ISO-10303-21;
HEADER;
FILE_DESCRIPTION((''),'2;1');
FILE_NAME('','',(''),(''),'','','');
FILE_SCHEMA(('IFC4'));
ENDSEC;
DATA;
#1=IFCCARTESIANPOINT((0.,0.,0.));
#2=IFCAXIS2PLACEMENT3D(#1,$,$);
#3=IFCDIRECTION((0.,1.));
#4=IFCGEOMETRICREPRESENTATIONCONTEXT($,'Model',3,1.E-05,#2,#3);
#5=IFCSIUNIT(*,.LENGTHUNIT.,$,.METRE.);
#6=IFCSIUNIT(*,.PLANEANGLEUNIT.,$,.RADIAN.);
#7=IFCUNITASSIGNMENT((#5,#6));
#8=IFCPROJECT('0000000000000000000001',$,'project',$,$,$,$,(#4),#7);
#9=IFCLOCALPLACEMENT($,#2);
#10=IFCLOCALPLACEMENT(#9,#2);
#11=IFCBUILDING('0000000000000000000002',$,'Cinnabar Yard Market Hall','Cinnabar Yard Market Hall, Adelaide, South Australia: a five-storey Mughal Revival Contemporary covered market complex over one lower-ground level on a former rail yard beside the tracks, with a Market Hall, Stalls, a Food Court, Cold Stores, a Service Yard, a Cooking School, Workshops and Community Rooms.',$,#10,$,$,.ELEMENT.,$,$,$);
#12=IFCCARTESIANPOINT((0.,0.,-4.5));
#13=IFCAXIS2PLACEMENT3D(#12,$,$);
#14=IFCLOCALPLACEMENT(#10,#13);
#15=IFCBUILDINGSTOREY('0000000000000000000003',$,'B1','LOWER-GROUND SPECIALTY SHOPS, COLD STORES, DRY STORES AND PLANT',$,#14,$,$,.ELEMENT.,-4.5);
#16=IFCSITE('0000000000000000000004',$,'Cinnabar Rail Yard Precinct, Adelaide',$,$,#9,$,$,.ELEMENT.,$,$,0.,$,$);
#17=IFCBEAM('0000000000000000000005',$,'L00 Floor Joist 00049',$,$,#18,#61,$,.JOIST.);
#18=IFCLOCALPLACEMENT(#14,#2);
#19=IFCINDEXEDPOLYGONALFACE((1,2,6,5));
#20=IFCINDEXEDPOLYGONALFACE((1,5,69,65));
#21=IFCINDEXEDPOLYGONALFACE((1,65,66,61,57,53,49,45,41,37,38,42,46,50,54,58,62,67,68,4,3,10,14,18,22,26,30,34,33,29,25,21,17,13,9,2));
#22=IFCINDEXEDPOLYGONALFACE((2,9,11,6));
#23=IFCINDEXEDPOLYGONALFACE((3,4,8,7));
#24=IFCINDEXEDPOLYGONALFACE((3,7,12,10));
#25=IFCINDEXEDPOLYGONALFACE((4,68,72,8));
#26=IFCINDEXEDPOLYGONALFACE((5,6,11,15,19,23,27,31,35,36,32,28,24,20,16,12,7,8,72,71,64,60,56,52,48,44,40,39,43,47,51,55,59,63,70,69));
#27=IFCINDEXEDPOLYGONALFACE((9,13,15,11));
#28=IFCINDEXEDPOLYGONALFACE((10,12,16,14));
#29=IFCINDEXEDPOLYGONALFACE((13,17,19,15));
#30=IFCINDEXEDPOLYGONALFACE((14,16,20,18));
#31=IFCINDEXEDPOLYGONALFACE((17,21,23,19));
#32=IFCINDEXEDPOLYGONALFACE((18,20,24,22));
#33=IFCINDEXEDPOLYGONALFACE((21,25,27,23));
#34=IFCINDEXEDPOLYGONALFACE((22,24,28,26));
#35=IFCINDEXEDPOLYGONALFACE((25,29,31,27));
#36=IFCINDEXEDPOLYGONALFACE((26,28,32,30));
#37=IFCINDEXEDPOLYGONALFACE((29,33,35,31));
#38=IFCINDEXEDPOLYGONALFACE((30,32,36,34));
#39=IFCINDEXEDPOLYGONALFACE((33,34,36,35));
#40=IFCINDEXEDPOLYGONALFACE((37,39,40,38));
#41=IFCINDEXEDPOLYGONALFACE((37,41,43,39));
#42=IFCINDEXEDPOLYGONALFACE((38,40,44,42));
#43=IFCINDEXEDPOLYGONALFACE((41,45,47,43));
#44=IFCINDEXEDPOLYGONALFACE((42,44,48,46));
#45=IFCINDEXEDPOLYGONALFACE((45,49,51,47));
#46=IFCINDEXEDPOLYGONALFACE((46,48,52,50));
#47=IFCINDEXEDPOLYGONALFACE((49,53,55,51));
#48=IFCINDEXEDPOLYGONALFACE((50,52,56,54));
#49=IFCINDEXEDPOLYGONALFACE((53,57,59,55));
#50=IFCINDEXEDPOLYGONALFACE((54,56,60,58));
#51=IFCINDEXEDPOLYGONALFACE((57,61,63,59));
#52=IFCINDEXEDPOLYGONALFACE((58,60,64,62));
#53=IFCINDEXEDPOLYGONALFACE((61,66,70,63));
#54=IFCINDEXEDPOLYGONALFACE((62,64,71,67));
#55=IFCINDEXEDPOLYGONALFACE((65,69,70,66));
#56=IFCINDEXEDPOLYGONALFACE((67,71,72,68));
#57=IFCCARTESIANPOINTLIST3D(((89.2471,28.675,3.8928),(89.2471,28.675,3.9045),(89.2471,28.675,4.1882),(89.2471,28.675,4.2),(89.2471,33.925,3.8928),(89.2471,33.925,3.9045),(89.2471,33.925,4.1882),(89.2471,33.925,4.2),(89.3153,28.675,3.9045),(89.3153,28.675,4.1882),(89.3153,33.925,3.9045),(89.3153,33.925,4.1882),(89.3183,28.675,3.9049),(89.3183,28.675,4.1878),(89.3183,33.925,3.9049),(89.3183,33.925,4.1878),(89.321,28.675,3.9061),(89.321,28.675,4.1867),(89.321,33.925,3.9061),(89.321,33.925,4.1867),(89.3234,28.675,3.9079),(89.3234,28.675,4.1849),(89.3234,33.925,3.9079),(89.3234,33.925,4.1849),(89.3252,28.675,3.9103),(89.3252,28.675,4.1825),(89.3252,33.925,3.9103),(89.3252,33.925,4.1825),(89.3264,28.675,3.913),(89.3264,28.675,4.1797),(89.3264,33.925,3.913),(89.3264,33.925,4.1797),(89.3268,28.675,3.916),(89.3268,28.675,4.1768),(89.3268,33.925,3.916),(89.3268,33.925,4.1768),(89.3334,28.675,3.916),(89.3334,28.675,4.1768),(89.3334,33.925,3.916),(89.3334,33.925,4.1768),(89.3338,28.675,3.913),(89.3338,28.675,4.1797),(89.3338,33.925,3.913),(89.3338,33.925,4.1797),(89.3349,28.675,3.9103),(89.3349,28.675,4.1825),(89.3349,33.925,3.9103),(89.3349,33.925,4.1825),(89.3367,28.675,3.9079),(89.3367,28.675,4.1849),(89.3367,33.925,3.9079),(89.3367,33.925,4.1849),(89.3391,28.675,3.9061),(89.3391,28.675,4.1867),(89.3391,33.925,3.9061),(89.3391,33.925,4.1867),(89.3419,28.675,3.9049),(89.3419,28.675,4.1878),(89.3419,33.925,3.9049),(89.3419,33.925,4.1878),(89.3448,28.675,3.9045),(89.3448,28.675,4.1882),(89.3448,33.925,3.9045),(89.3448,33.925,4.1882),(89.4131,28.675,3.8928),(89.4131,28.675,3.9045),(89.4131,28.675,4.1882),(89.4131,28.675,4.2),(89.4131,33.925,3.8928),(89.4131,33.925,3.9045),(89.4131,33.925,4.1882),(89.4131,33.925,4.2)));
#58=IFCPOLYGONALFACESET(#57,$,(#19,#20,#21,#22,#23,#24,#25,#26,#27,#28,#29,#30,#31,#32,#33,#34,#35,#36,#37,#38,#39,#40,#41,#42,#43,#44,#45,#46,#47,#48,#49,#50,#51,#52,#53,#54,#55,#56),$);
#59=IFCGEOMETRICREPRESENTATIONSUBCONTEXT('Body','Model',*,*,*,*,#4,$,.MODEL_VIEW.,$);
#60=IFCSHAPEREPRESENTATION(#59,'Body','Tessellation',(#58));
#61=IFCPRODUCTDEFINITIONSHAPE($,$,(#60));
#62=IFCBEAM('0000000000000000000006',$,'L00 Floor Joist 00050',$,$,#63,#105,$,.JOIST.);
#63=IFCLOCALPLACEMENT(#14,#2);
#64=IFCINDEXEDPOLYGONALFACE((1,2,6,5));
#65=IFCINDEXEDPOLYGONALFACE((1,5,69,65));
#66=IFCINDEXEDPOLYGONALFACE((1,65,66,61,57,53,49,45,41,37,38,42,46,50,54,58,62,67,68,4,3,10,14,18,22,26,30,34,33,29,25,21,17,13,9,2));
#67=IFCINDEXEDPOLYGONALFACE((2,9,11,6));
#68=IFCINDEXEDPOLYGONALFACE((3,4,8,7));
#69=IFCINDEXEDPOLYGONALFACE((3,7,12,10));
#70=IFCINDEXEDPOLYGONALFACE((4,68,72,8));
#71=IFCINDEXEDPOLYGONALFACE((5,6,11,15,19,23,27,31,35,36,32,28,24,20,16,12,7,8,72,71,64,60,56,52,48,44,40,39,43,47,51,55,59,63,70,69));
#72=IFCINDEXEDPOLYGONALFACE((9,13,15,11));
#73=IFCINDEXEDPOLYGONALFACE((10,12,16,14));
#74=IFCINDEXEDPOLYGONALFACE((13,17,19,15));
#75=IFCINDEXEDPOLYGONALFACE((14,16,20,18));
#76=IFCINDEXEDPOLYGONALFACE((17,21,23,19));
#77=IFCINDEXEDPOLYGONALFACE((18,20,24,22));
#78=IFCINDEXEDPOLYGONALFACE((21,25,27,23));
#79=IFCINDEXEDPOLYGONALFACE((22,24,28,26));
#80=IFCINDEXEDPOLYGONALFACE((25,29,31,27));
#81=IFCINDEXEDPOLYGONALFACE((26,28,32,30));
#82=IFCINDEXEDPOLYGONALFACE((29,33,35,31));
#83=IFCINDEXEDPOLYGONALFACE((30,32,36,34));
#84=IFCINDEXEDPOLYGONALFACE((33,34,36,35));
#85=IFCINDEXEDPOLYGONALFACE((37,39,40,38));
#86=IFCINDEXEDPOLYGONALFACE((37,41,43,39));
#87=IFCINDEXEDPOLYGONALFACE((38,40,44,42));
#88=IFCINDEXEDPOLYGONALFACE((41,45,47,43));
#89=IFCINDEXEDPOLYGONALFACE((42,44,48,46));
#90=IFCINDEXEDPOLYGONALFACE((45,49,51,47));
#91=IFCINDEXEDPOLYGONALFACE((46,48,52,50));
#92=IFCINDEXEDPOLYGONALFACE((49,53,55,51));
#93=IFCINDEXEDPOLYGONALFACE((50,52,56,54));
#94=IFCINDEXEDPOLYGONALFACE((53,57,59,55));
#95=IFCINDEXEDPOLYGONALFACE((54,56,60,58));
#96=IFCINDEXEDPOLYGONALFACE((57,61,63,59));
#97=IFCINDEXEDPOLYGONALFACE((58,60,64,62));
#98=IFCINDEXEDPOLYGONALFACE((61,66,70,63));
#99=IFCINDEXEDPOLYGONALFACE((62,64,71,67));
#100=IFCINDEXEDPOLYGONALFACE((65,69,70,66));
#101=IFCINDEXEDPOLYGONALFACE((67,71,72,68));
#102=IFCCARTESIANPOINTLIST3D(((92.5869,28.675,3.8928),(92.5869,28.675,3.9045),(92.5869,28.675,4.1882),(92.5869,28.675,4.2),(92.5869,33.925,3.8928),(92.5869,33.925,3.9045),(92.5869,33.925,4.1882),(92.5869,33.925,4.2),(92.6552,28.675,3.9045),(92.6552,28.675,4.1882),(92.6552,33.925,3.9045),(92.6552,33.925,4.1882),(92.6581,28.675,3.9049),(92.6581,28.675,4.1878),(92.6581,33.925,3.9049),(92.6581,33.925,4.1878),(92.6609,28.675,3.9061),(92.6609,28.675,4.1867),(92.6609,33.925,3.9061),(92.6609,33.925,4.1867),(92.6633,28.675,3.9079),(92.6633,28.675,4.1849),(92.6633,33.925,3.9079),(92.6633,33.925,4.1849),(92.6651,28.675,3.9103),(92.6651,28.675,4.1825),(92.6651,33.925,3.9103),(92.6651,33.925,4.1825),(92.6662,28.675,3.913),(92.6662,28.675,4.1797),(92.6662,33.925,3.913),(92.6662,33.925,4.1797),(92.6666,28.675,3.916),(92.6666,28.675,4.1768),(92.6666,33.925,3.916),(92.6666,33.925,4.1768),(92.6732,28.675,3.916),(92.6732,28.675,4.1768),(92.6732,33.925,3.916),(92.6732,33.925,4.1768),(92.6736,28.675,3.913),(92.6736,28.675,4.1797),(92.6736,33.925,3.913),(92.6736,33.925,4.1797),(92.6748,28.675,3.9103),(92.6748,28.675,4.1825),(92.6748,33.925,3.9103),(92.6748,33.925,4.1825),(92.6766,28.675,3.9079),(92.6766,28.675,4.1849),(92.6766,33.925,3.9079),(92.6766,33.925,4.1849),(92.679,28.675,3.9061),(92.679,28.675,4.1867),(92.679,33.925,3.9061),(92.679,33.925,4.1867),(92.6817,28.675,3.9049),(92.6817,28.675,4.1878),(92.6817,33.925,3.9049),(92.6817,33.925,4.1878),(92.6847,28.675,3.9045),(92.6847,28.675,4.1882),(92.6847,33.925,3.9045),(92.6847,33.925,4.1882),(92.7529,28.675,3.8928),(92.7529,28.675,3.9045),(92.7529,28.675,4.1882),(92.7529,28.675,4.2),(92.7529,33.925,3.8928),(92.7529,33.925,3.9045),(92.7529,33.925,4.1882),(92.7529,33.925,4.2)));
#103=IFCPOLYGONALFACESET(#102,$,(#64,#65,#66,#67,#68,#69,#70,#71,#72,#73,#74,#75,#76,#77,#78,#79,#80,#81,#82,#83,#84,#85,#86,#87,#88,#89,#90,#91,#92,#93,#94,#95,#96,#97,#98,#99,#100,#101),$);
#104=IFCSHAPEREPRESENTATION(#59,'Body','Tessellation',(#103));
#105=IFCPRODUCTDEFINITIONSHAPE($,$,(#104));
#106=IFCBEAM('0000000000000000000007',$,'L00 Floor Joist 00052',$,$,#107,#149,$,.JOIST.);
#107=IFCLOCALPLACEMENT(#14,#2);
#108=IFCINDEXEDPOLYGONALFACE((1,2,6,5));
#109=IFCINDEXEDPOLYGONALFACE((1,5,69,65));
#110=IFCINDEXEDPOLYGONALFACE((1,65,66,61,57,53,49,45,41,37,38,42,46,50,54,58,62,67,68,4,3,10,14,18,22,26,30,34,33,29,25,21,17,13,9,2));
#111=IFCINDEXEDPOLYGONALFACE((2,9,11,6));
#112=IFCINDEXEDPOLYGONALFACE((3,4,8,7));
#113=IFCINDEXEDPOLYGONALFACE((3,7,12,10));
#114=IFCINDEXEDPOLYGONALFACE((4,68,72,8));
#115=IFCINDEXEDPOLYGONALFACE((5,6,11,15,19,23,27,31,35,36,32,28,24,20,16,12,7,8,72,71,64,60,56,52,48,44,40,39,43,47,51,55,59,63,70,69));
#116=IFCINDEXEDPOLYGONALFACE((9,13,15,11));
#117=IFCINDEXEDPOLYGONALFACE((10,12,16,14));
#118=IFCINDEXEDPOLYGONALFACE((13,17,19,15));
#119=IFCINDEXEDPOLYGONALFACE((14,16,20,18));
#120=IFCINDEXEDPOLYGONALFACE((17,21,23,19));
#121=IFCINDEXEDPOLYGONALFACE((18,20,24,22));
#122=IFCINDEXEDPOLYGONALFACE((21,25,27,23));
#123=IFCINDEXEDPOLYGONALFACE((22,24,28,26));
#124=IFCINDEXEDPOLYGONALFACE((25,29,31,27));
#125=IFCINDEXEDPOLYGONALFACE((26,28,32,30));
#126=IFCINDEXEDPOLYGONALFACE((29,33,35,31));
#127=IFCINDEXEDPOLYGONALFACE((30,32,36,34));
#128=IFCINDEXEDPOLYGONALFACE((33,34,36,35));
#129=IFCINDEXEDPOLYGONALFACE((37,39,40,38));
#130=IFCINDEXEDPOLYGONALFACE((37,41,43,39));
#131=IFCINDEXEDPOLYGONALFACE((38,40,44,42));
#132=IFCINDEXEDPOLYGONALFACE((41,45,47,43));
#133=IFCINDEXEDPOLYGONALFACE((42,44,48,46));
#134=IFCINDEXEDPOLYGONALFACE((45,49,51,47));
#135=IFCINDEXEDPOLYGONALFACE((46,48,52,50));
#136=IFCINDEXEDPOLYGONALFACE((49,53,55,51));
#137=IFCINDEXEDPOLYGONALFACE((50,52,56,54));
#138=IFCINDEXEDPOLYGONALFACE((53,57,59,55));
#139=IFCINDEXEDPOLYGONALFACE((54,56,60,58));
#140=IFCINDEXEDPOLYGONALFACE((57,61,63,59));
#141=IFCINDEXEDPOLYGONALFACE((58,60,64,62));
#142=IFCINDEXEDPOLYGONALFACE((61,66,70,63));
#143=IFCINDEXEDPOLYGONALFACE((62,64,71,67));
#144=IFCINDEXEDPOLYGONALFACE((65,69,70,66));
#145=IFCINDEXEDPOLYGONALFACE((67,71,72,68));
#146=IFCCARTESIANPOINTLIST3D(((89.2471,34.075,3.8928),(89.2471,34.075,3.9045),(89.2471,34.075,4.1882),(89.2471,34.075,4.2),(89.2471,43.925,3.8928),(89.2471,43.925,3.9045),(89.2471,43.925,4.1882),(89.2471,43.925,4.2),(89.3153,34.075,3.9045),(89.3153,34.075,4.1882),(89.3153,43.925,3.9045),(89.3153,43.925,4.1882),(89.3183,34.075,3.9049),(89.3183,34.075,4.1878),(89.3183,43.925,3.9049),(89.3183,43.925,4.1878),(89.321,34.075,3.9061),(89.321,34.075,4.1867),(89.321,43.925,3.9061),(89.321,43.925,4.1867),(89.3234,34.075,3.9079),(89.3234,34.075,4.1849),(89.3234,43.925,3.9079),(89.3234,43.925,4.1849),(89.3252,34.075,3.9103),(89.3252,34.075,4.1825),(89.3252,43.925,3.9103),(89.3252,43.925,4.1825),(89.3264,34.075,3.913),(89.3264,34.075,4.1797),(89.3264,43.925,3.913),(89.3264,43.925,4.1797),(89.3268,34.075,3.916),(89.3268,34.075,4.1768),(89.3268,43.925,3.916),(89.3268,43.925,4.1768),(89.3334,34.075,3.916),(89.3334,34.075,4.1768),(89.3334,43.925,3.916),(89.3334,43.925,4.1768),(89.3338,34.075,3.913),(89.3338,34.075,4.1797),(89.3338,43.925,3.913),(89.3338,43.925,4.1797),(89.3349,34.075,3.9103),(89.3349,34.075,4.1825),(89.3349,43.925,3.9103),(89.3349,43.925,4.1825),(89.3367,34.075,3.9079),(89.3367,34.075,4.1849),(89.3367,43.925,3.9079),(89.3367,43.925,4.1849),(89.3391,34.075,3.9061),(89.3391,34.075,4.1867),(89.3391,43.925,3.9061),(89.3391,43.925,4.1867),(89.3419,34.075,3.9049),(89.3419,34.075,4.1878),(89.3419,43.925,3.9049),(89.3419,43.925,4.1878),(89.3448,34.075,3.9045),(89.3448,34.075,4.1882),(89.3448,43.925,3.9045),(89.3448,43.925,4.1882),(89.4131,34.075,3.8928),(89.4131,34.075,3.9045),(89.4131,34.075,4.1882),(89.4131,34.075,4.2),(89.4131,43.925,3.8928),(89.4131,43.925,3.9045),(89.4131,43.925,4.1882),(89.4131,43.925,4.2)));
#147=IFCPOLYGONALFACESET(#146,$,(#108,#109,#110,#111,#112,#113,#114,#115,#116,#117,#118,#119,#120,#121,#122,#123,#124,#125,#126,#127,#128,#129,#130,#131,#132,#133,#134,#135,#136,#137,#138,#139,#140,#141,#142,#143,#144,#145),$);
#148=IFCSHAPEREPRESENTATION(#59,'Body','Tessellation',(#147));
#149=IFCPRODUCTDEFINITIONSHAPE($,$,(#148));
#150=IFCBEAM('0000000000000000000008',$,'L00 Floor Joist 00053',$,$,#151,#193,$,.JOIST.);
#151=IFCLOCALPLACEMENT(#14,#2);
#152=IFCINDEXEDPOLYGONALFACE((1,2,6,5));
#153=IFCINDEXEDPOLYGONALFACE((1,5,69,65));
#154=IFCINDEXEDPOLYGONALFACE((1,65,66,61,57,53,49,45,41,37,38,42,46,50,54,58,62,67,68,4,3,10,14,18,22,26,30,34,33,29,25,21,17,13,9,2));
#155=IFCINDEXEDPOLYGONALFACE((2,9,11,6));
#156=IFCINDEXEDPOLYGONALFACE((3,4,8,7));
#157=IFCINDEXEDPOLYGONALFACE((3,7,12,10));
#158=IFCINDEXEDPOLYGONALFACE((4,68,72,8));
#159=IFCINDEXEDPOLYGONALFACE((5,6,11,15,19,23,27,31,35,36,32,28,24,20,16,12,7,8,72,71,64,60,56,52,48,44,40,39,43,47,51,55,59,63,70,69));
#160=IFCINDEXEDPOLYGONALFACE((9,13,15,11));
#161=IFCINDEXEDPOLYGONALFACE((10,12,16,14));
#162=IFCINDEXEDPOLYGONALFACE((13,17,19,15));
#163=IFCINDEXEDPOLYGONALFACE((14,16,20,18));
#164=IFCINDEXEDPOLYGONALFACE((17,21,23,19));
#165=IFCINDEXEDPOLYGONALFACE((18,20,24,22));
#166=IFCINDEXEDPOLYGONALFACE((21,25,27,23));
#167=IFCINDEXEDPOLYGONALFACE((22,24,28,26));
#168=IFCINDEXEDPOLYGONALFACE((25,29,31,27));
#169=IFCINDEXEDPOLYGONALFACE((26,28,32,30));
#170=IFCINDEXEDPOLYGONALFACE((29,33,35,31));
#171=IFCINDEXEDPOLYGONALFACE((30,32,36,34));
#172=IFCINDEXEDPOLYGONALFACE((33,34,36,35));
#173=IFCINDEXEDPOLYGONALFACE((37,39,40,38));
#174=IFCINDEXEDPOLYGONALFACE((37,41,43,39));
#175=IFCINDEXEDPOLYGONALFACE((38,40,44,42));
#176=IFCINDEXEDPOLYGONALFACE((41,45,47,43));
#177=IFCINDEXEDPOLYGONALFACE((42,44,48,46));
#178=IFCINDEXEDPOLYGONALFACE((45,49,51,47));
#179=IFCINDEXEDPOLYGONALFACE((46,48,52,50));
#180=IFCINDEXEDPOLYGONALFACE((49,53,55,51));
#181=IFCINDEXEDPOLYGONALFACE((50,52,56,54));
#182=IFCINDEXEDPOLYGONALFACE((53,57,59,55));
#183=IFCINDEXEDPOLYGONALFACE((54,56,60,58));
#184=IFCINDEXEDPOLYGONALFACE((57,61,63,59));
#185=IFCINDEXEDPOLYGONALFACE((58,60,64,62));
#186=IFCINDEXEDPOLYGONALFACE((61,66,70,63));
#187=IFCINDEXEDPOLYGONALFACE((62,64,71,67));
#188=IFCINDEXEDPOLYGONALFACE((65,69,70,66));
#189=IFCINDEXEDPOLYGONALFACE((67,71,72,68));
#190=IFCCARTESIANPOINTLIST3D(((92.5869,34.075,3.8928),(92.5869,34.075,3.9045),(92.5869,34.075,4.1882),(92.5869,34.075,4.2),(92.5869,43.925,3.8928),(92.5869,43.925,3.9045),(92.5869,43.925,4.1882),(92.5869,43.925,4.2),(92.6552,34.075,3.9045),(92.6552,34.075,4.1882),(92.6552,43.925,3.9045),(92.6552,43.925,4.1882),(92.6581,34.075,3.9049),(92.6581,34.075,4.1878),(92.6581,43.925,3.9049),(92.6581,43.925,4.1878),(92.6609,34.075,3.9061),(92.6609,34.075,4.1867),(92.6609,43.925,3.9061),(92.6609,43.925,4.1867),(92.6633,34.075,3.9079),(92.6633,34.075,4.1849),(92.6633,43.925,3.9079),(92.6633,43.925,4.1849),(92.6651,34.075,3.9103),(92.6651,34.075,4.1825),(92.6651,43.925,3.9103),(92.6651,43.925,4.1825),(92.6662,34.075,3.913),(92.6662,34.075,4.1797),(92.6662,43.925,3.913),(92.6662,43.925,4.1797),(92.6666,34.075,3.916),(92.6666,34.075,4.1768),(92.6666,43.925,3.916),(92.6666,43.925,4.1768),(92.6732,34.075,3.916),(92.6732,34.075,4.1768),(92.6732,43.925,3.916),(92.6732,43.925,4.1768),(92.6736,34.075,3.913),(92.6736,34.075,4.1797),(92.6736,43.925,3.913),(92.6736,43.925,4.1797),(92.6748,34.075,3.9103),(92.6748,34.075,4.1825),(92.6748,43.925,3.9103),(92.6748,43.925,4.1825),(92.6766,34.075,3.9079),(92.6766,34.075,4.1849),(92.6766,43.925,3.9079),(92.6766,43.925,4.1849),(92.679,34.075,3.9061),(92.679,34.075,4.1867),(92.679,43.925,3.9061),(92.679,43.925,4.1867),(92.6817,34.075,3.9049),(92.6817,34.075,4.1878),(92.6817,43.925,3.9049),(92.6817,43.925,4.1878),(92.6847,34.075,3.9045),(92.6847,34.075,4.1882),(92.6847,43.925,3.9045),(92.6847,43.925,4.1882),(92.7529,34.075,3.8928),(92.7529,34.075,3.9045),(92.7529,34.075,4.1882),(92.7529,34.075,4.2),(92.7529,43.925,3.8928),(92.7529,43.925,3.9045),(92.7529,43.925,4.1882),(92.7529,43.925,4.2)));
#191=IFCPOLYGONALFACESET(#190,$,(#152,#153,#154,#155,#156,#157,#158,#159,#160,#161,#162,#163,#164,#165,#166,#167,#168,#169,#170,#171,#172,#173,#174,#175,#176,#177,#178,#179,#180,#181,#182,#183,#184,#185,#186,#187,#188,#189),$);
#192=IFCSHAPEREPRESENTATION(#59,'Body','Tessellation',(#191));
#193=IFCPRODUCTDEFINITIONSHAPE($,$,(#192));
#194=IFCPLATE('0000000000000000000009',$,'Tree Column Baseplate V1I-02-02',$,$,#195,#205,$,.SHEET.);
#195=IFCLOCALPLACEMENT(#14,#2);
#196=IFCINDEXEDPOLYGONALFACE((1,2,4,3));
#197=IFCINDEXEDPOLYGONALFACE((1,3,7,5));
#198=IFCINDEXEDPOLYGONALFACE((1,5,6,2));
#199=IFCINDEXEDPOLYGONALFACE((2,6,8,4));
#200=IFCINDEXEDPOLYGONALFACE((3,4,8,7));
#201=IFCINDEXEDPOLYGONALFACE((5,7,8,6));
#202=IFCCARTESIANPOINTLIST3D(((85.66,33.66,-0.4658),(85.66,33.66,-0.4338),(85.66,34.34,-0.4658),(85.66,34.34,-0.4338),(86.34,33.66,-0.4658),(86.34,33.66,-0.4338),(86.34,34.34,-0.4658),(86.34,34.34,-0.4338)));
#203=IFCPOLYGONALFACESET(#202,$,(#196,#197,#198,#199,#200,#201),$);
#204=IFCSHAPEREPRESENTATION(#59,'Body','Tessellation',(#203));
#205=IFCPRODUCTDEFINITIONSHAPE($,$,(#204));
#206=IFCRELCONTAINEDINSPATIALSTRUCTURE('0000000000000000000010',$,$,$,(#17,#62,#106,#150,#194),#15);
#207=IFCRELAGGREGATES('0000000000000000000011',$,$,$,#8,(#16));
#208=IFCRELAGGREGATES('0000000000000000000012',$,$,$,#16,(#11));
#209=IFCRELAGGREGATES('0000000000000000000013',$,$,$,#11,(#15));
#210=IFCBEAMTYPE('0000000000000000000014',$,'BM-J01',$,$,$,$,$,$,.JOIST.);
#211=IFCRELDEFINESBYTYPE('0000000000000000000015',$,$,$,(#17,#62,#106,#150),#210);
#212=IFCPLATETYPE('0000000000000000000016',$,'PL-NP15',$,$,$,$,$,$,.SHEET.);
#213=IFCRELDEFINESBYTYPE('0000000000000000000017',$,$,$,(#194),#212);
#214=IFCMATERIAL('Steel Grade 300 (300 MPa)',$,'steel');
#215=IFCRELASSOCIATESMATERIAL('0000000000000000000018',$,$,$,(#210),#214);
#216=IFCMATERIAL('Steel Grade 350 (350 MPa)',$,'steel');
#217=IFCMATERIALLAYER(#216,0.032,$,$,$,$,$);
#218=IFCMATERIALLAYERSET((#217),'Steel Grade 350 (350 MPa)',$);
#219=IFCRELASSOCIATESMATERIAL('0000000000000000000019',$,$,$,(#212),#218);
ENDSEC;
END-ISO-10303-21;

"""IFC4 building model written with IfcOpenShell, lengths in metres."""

from ifc_helpers import new_model, si_unit, direction, frame, origin, origin_2d_with_axis, place, context, subcontext, project, spatial, rectangle, i_section, extrude, material, layer, layer_set, material_profile, profile_set, type_object, element, save


model = new_model("IFC4")

# Units and contexts
model_context = context("Model", 3, precision=1e-05, world=origin(), true_north=direction((0.0, 1.0)))
body_context = subcontext(model_context, "Body", "Model", "MODEL_VIEW")
ifc_project = project(units=[si_unit("LENGTHUNIT", "METRE"), si_unit("PLANEANGLEUNIT", "RADIAN")], contexts=[model_context])

# Site, building, storey
site_placement = place(None, origin())
site = spatial("IfcSite", under=ifc_project, at=site_placement, Name="Cinnabar Rail Yard Precinct, Adelaide", CompositionType="ELEMENT", RefElevation=0.0)
building_placement = place(site_placement, origin())
building = spatial("IfcBuilding", under=site, at=building_placement, Name="Cinnabar Yard Market Hall", Description="Cinnabar Yard Market Hall, Adelaide, South Australia: a five-storey Mughal Revival Contemporary covered market complex over one lower-ground level on a former rail yard beside the tracks, with a Market Hall, Stalls, a Food Court, Cold Stores, a Service Yard, a Cooking School, Workshops and Community Rooms.", CompositionType="ELEMENT")
storey_placement = place(building_placement, frame((0.0, 0.0, -4.5)))
storey = spatial("IfcBuildingStorey", under=building, at=storey_placement, Name="B1", Description="LOWER-GROUND SPECIALTY SHOPS, COLD STORES, DRY STORES AND PLANT", CompositionType="ELEMENT", Elevation=-4.5)

# Beams
ifc_material_1 = material(Name="Steel Grade 300 (300 MPa)", Category="steel")
ifc_material_profile_1 = material_profile(ifc_material_1, i_section(OverallWidth=0.166, OverallDepth=0.3071, WebThickness=0.0066, FlangeThickness=0.0117, FilletRadius=0.0115, at=origin_2d_with_axis()), Name="310UB46.2")
ifc_profile_set_1 = profile_set([ifc_material_profile_1], Name="Steel Grade 300 (300 MPa)")
beam_type_1 = type_object("IfcBeamType", Name="BM-J01", PredefinedType="JOIST", material=ifc_profile_set_1)
for number, where, z_axis, x_axis, name in (
    (1, (89.3301, 28.675, 4.0464), (0.0, 1.0, 0.0), (-1.0, 0.0, 0.0), "L00 Floor Joist 00049"),
    (2, (92.6699, 28.675, 4.0464), (0.0, 1.0, 0.0), (-1.0, 0.0, 0.0), "L00 Floor Joist 00050"),
):
    element("IfcBeam", number, at=place(storey_placement, frame(where, z_axis=z_axis, x_axis=x_axis)), inside=storey, type_object=beam_type_1, Name=name, PredefinedType="JOIST", context=body_context, shape_type="SweptSolid", body=[
        extrude(i_section(OverallWidth=0.166, OverallDepth=0.3071, WebThickness=0.0066, FlangeThickness=0.0117, FilletRadius=0.0115, at=origin_2d_with_axis()), origin(), (0.0, 0.0, 1.0), 5.25),
    ])
for number, where, z_axis, x_axis, name in (
    (3, (89.3301, 34.075, 4.0464), (0.0, 1.0, 0.0), (-1.0, 0.0, 0.0), "L00 Floor Joist 00052"),
    (4, (92.6699, 34.075, 4.0464), (0.0, 1.0, 0.0), (-1.0, 0.0, 0.0), "L00 Floor Joist 00053"),
):
    element("IfcBeam", number, at=place(storey_placement, frame(where, z_axis=z_axis, x_axis=x_axis)), inside=storey, type_object=beam_type_1, Name=name, PredefinedType="JOIST", context=body_context, shape_type="SweptSolid", body=[
        extrude(i_section(OverallWidth=0.166, OverallDepth=0.3071, WebThickness=0.0066, FlangeThickness=0.0117, FilletRadius=0.0115, at=origin_2d_with_axis()), origin(), (0.0, 0.0, 1.0), 9.8501),
    ])

# Plate
ifc_material_2 = material(Name="Steel Grade 350 (350 MPa)", Category="steel")
ifc_layer_1 = layer(ifc_material_2, 0.032)
ifc_layer_set_1 = layer_set([ifc_layer_1], Name="Steel Grade 350 (350 MPa)")
plate_type = type_object("IfcPlateType", Name="PL-NP15", PredefinedType="SHEET", material=ifc_layer_set_1)
for number, where, z_axis, x_axis, name in (
    (5, (86.0, 34.0, -0.4658), (0.0, 0.0, 1.0), (1.0, 0.0, 0.0), "Tree Column Baseplate V1I-02-02"),
):
    element("IfcPlate", number, at=place(storey_placement, frame(where, z_axis=z_axis, x_axis=x_axis)), inside=storey, type_object=plate_type, Name=name, PredefinedType="SHEET", context=body_context, shape_type="SweptSolid", body=[
        extrude(rectangle(XDim=0.6799, YDim=0.6799, at=origin_2d_with_axis()), origin(), (0.0, 0.0, 1.0), 0.032),
    ])

save(model, "model.ifc")
